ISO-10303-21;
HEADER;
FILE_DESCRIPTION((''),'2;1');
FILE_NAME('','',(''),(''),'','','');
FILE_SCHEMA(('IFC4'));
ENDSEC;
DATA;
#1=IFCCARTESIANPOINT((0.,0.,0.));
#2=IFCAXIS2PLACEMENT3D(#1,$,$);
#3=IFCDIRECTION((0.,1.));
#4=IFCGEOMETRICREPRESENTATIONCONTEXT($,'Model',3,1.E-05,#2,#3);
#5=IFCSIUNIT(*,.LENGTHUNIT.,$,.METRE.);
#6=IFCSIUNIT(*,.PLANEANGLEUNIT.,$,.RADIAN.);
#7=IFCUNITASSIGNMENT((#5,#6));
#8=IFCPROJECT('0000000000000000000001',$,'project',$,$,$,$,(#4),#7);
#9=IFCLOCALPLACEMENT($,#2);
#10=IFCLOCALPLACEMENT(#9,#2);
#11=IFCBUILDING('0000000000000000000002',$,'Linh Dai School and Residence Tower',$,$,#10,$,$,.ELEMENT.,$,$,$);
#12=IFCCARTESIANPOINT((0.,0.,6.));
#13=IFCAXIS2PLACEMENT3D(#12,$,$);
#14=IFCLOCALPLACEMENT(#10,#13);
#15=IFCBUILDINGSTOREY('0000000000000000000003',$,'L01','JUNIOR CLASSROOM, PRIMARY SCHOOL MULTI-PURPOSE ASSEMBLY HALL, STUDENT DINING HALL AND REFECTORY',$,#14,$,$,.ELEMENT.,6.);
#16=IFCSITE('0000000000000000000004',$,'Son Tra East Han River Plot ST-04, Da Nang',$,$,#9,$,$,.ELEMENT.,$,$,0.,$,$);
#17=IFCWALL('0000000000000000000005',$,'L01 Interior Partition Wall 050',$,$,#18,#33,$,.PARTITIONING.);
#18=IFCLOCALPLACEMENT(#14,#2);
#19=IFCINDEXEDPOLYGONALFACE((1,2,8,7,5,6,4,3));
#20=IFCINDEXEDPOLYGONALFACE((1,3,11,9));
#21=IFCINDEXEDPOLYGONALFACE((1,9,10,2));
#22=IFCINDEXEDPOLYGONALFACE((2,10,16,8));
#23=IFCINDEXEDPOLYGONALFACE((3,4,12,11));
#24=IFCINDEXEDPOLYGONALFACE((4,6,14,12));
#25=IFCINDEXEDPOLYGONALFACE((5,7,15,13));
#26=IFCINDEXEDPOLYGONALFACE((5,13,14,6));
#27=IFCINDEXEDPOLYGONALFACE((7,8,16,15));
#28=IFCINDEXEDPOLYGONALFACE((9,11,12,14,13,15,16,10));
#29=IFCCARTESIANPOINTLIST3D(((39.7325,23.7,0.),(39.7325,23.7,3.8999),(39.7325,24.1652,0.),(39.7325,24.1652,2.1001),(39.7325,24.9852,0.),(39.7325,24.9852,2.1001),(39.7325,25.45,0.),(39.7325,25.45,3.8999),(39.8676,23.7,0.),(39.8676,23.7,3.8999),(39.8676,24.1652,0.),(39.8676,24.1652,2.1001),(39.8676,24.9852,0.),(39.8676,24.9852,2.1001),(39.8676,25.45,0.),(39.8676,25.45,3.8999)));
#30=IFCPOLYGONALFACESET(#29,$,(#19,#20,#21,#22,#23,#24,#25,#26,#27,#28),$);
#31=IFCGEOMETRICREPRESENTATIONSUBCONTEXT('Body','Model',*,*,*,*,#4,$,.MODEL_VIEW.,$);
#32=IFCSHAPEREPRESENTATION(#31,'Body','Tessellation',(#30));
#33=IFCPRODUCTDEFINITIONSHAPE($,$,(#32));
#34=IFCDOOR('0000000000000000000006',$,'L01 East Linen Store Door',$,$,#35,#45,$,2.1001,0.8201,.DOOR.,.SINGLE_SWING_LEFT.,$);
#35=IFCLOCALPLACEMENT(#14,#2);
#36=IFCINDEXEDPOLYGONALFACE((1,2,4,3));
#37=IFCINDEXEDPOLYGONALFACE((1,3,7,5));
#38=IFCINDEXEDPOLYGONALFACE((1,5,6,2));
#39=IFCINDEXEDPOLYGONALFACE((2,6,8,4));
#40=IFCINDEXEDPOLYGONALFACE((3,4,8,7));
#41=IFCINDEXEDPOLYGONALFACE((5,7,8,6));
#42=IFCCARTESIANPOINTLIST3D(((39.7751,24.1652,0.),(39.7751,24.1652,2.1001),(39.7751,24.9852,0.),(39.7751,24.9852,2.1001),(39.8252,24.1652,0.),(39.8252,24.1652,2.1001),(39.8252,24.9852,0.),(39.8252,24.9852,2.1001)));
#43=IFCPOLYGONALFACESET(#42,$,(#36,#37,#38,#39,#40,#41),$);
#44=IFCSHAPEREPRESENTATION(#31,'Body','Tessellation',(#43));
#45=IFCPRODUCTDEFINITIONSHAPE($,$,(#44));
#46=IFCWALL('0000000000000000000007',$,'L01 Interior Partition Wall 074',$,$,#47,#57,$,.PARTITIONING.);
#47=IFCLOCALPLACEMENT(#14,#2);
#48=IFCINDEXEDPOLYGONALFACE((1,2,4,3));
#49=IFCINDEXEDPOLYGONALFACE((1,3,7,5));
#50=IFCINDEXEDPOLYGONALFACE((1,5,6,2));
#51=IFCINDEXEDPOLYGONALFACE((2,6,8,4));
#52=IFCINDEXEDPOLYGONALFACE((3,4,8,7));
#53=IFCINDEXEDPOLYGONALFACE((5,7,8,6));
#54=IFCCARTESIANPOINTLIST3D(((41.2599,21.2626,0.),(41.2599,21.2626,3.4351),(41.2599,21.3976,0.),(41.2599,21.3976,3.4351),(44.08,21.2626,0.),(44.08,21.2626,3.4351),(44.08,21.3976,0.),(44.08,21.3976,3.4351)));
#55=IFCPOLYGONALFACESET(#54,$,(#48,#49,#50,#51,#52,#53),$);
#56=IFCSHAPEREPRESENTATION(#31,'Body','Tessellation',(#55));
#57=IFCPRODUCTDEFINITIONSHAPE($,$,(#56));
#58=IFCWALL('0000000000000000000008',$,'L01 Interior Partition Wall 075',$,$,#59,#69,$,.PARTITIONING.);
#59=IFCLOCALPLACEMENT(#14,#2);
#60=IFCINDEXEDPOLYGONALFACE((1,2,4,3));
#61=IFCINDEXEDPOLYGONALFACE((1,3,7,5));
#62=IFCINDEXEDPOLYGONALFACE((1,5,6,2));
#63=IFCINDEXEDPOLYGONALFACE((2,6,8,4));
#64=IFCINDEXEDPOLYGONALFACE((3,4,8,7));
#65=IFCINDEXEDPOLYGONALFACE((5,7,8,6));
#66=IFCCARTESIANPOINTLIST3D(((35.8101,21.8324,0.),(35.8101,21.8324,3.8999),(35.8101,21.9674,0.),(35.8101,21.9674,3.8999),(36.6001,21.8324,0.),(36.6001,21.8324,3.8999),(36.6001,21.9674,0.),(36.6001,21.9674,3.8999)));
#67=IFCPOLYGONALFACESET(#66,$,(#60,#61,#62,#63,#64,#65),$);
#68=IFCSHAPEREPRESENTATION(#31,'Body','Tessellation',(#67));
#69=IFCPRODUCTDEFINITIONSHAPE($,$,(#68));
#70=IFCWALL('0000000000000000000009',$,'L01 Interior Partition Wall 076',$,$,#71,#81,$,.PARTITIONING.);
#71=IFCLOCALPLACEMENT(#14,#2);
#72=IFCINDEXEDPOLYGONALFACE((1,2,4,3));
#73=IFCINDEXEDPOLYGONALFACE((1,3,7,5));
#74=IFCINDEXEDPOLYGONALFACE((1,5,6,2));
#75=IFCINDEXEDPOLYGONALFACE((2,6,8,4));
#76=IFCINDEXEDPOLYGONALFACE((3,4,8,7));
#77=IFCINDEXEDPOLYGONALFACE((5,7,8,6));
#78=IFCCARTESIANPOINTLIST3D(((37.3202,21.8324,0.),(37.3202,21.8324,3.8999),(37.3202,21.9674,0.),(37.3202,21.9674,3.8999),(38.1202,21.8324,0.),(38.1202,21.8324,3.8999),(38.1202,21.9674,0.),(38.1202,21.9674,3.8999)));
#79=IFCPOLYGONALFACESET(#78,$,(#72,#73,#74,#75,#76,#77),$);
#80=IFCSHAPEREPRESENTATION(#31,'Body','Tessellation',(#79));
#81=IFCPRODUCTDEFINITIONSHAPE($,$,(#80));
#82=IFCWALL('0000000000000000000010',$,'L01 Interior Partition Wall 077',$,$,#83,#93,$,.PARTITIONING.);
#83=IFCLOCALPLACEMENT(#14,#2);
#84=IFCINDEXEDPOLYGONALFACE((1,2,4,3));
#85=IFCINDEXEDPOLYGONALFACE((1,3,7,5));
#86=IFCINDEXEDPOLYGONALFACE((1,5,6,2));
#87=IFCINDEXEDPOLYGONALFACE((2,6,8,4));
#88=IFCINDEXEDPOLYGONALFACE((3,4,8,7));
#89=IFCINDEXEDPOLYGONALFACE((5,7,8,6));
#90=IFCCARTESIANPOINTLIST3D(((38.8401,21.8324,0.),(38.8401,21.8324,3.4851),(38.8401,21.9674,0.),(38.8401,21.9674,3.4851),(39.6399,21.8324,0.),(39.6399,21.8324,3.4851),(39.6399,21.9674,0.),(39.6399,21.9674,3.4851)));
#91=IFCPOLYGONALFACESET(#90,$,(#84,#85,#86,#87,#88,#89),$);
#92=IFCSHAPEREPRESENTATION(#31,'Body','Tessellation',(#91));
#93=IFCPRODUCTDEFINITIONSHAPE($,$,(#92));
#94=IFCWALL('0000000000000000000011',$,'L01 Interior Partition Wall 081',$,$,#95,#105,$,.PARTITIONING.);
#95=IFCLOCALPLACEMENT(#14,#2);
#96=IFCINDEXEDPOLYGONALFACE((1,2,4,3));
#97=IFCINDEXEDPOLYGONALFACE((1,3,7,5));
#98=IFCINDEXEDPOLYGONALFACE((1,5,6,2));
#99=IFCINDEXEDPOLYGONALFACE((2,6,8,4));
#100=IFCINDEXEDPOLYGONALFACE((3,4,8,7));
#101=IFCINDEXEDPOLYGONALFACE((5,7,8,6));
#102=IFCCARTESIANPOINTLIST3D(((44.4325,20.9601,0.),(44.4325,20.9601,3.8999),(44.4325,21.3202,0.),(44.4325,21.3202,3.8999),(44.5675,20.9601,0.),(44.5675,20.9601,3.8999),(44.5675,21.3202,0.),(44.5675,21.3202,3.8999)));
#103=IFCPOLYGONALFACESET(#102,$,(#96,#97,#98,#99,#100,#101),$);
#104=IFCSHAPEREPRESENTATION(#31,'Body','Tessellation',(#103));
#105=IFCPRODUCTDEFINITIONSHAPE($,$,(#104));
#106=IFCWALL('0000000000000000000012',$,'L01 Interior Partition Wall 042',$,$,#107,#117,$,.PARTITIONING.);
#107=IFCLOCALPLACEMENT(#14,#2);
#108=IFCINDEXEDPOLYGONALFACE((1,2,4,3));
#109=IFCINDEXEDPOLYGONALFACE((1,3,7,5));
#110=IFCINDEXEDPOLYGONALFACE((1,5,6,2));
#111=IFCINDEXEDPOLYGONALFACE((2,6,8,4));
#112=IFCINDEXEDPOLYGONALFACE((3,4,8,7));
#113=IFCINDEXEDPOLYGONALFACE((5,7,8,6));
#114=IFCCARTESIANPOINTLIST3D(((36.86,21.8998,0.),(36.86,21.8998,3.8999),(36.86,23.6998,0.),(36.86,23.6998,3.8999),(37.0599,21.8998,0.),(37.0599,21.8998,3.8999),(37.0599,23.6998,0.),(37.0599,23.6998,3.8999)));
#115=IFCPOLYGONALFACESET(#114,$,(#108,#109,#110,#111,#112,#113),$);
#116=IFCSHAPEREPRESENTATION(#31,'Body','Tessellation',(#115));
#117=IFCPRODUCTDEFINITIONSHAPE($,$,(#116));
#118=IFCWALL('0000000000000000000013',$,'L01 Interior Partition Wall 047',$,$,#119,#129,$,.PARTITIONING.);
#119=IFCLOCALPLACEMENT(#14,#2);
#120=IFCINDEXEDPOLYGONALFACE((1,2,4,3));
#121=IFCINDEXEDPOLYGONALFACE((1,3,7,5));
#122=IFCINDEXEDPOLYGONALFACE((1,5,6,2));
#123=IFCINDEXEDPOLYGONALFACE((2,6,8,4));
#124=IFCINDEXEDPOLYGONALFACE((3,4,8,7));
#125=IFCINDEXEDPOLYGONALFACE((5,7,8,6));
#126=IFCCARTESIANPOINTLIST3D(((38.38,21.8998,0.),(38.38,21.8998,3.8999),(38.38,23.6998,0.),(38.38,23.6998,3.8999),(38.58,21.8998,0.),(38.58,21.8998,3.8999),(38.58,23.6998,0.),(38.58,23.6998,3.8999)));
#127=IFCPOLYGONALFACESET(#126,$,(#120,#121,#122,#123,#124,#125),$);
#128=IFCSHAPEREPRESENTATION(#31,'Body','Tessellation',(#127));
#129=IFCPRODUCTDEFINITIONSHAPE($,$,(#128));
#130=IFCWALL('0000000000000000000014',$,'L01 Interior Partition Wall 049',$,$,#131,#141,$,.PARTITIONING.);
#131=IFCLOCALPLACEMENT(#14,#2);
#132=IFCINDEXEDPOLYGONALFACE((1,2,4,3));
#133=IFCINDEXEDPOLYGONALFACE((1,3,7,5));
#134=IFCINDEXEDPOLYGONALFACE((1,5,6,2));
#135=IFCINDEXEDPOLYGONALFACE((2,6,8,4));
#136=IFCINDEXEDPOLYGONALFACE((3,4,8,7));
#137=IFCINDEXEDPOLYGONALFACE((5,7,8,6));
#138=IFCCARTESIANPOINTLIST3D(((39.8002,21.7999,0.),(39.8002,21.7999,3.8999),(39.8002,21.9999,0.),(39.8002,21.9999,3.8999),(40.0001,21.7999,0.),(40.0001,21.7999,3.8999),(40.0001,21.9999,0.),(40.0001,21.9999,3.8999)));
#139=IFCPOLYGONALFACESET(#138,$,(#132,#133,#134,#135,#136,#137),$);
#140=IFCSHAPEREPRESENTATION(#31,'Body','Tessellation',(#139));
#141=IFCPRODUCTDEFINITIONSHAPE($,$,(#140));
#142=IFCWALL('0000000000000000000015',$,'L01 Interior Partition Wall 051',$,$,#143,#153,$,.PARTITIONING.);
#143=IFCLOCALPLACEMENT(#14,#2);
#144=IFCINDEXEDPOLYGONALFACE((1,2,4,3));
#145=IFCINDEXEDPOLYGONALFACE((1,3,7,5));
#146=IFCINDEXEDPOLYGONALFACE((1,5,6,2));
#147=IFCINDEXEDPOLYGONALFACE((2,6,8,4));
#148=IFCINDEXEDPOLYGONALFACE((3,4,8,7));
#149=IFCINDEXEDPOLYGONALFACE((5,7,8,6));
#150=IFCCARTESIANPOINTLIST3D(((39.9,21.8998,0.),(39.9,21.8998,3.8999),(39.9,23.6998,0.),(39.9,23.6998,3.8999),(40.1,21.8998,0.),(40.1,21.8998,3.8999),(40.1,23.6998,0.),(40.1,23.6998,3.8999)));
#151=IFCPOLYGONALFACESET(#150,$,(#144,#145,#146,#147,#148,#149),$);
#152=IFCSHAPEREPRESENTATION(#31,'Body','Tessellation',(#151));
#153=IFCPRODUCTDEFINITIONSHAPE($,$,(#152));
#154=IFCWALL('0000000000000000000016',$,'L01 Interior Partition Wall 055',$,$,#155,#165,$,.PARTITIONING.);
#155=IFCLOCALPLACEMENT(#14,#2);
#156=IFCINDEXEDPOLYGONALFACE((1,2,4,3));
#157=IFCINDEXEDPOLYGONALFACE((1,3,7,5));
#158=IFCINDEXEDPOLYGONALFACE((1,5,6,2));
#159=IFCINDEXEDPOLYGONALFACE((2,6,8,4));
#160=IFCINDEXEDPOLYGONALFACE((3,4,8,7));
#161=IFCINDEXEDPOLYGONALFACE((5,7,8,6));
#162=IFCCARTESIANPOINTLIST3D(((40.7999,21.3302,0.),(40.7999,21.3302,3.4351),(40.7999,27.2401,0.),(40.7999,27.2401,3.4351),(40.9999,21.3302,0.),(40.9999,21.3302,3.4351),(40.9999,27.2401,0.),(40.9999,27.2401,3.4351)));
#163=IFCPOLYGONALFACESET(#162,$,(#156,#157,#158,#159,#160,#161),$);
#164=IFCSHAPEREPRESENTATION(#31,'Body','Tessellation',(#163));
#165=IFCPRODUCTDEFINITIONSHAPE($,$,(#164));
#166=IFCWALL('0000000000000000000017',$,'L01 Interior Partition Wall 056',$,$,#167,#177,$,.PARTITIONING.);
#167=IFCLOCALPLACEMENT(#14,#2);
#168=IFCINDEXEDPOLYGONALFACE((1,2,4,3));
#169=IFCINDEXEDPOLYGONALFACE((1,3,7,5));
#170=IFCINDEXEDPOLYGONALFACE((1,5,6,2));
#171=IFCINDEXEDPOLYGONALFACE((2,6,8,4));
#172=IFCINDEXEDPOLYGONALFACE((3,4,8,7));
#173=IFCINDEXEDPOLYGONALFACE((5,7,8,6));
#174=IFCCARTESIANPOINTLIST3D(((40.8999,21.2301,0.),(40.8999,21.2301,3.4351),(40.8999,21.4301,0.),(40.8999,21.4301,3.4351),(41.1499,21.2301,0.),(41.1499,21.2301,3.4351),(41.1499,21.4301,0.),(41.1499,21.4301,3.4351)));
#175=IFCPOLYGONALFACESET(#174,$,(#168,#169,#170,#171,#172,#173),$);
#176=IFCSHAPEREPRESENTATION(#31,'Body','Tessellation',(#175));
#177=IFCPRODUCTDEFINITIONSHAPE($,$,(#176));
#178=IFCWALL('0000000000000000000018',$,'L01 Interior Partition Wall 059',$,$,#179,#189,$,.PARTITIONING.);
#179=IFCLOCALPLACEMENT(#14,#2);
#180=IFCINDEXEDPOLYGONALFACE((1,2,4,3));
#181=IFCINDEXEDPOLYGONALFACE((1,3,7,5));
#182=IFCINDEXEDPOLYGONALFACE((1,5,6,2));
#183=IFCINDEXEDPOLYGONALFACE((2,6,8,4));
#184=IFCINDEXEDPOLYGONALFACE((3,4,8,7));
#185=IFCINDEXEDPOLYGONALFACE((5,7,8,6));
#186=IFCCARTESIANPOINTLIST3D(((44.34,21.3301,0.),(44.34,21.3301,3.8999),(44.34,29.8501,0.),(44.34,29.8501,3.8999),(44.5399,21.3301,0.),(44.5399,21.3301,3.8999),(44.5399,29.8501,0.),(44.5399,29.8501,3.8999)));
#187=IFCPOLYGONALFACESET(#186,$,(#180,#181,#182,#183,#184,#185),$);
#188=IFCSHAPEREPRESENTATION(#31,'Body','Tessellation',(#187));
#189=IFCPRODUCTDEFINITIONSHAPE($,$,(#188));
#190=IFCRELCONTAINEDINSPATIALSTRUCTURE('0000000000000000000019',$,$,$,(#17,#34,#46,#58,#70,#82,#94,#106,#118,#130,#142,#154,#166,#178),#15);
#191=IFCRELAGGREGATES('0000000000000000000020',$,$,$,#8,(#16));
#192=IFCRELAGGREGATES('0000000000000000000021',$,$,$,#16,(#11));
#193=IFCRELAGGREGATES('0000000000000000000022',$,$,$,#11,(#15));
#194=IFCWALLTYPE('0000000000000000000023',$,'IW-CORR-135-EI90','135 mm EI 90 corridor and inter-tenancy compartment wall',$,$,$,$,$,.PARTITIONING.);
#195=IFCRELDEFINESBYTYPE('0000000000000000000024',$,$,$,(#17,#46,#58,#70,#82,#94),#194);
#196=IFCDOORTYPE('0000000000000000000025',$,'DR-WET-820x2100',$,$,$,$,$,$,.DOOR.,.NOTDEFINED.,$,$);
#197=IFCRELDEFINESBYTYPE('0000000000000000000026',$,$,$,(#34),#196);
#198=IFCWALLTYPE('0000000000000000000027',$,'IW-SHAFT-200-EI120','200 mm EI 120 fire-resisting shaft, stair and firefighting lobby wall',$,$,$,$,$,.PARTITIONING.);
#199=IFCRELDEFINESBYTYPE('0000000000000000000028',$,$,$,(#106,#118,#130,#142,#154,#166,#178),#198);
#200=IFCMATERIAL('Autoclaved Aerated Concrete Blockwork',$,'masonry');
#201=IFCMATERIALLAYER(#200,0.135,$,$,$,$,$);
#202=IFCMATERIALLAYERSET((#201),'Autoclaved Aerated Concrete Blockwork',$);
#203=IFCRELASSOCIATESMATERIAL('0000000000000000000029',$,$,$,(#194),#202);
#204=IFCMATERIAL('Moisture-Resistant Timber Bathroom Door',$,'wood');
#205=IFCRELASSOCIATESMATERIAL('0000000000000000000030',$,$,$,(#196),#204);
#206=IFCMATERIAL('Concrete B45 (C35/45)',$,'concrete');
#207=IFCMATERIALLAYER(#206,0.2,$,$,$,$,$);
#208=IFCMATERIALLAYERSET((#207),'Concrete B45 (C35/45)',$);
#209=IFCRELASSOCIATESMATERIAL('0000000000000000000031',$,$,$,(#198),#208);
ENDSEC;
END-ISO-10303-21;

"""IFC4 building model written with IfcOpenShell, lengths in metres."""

from ifc_helpers import new_model, si_unit, direction, frame, frame_2d, origin, origin_2d, place, context, subcontext, project, spatial, rectangle, extrude, source, transform, mapped, material, layer, layer_set, type_object, element, fill, save


model = new_model("IFC4")

# Units and contexts
model_context = context("Model", 3, precision=1e-05, world=origin(), true_north=direction((0.0, 1.0)))
body_context = subcontext(model_context, "Body", "Model", "MODEL_VIEW")
ifc_project = project(units=[si_unit("LENGTHUNIT", "METRE"), si_unit("PLANEANGLEUNIT", "RADIAN")], contexts=[model_context])

# Site, building, storey
site_placement = place(None, origin())
site = spatial("IfcSite", under=ifc_project, at=site_placement, Name="Son Tra East Han River Plot ST-04, Da Nang", CompositionType="ELEMENT", RefElevation=0.0)
building_placement = place(site_placement, origin())
building = spatial("IfcBuilding", under=site, at=building_placement, Name="Linh Dai School and Residence Tower", CompositionType="ELEMENT")
storey_placement = place(building_placement, frame((0.0, 0.0, 6.0)))
storey = spatial("IfcBuildingStorey", under=building, at=storey_placement, Name="L01", Description="JUNIOR CLASSROOM, PRIMARY SCHOOL MULTI-PURPOSE ASSEMBLY HALL, STUDENT DINING HALL AND REFECTORY", CompositionType="ELEMENT", Elevation=6.0)

# Wall, opening, door
ifc_material_1 = material(Name="Autoclaved Aerated Concrete Blockwork", Category="masonry")
ifc_layer_1 = layer(ifc_material_1, 0.135)
ifc_layer_set_1 = layer_set([ifc_layer_1], Name="Autoclaved Aerated Concrete Blockwork")
wall_type_1 = type_object("IfcWallType", Name="IW-CORR-135-EI90", Description="135 mm EI 90 corridor and inter-tenancy compartment wall", PredefinedType="PARTITIONING", material=ifc_layer_set_1)
wall_1_placement = place(storey_placement, frame((39.8, 23.7, 0.0), z_axis=(0.0, 0.0, 1.0), x_axis=(0.0, 1.0, 0.0)))
wall_1 = element("IfcWall", 1, at=wall_1_placement, inside=storey, type_object=wall_type_1, Name="L01 Interior Partition Wall 050", PredefinedType="PARTITIONING", context=body_context, shape_type="SweptSolid", body=[
    extrude(rectangle(XDim=1.75, YDim=0.135, at=frame_2d((0.875, 0.0))), origin(), (0.0, 0.0, 1.0), 3.8999),
])
opening_placement = place(wall_1_placement, frame((0.4651, 0.0, 0.0)))
opening = element("IfcOpeningElement", 2, at=opening_placement, cuts=wall_1, PredefinedType="OPENING", context=body_context, shape_type="SweptSolid", body=[
    extrude(rectangle(XDim=0.8201, YDim=2.1001, at=origin_2d()), frame((0.4102, 0.0776, 1.05), z_axis=(0.0, -1.0, 0.0), x_axis=(1.0, 0.0, 0.0)), (0.0, 0.0, 1.0), 0.155),
])
ifc_material_2 = material(Name="Moisture-Resistant Timber Bathroom Door", Category="wood")
door_type = type_object("IfcDoorType", Name="DR-WET-820x2100", OperationType="NOTDEFINED", PredefinedType="DOOR", material=ifc_material_2)
shared_shape_1 = source(origin(), body_context, "Body", "SweptSolid", [
    extrude(rectangle(XDim=0.8201, YDim=2.1001, at=origin_2d()), frame((0.4102, 0.0249, 1.05), z_axis=(0.0, -1.0, 0.0), x_axis=(1.0, 0.0, 0.0)), (0.0, 0.0, 1.0), 0.05),
])
door_placement = place(opening_placement, origin())
door = element("IfcDoor", 3, at=door_placement, inside=storey, type_object=door_type, Name="L01 East Linen Store Door", OperationType="SINGLE_SWING_LEFT", OverallHeight=2.1001, OverallWidth=0.8201, PredefinedType="DOOR", context=body_context, shape_type="MappedRepresentation", body=[
    mapped(shared_shape_1, transform((0.0, 0.0, 0.0), x_axis=(1.0, 0.0, 0.0), y_axis=(0.0, 1.0, 0.0), z_axis=(0.0, 0.0, 1.0), scale=1.0)),
])
fill(opening, door)

# Walls
wall_2_placement = place(storey_placement, frame((44.0801, 21.3301, 0.0), z_axis=(0.0, 0.0, 1.0), x_axis=(-1.0, 0.0, 0.0)))
element("IfcWall", 4, at=wall_2_placement, inside=storey, type_object=wall_type_1, Name="L01 Interior Partition Wall 074", PredefinedType="PARTITIONING", context=body_context, shape_type="SweptSolid", body=[
    extrude(rectangle(XDim=2.8201, YDim=0.135, at=frame_2d((1.4102, 0.0))), origin(), (0.0, 0.0, 1.0), 3.4351),
])
wall_3_placement = place(storey_placement, frame((36.6001, 21.8999, 0.0), z_axis=(0.0, 0.0, 1.0), x_axis=(-1.0, 0.0, 0.0)))
element("IfcWall", 5, at=wall_3_placement, inside=storey, type_object=wall_type_1, Name="L01 Interior Partition Wall 075", PredefinedType="PARTITIONING", context=body_context, shape_type="SweptSolid", body=[
    extrude(rectangle(XDim=0.79, YDim=0.135, at=frame_2d((0.395, 0.0))), origin(), (0.0, 0.0, 1.0), 3.8999),
])
wall_4_placement = place(storey_placement, frame((38.1201, 21.8999, 0.0), z_axis=(0.0, 0.0, 1.0), x_axis=(-1.0, 0.0, 0.0)))
element("IfcWall", 6, at=wall_4_placement, inside=storey, type_object=wall_type_1, Name="L01 Interior Partition Wall 076", PredefinedType="PARTITIONING", context=body_context, shape_type="SweptSolid", body=[
    extrude(rectangle(XDim=0.8, YDim=0.135, at=frame_2d((0.3999, 0.0))), origin(), (0.0, 0.0, 1.0), 3.8999),
])
wall_5_placement = place(storey_placement, frame((39.6399, 21.8999, 0.0), z_axis=(0.0, 0.0, 1.0), x_axis=(-1.0, 0.0, 0.0)))
element("IfcWall", 7, at=wall_5_placement, inside=storey, type_object=wall_type_1, Name="L01 Interior Partition Wall 077", PredefinedType="PARTITIONING", context=body_context, shape_type="SweptSolid", body=[
    extrude(rectangle(XDim=0.7998, YDim=0.135, at=frame_2d((0.3999, 0.0))), origin(), (0.0, 0.0, 1.0), 3.4851),
])
wall_6_placement = place(storey_placement, frame((44.5, 20.96, 0.0), z_axis=(0.0, 0.0, 1.0), x_axis=(0.0, 1.0, 0.0)))
element("IfcWall", 8, at=wall_6_placement, inside=storey, type_object=wall_type_1, Name="L01 Interior Partition Wall 081", PredefinedType="PARTITIONING", context=body_context, shape_type="SweptSolid", body=[
    extrude(rectangle(XDim=0.3601, YDim=0.135, at=frame_2d((0.1802, 0.0))), origin(), (0.0, 0.0, 1.0), 3.8999),
])
ifc_material_3 = material(Name="Concrete B45 (C35/45)", Category="concrete")
ifc_layer_2 = layer(ifc_material_3, 0.2)
ifc_layer_set_2 = layer_set([ifc_layer_2], Name="Concrete B45 (C35/45)")
wall_type_2 = type_object("IfcWallType", Name="IW-SHAFT-200-EI120", Description="200 mm EI 120 fire-resisting shaft, stair and firefighting lobby wall", PredefinedType="PARTITIONING", material=ifc_layer_set_2)
for number, where, z_axis, x_axis, name in (
    (9, (36.96, 21.8999, 0.0), (0.0, 0.0, 1.0), (0.0, 1.0, 0.0), "L01 Interior Partition Wall 042"),
    (10, (38.48, 21.8999, 0.0), (0.0, 0.0, 1.0), (0.0, 1.0, 0.0), "L01 Interior Partition Wall 047"),
):
    element("IfcWall", number, at=place(storey_placement, frame(where, z_axis=z_axis, x_axis=x_axis)), inside=storey, type_object=wall_type_2, Name=name, PredefinedType="PARTITIONING", context=body_context, shape_type="SweptSolid", body=[
        extrude(rectangle(XDim=1.8, YDim=0.2, at=frame_2d((0.8999, 0.0))), origin(), (0.0, 0.0, 1.0), 3.8999),
    ])
wall_7_placement = place(storey_placement, frame((39.8, 21.8999, 0.0), z_axis=(0.0, 0.0, 1.0), x_axis=(1.0, 0.0, 0.0)))
element("IfcWall", 11, at=wall_7_placement, inside=storey, type_object=wall_type_2, Name="L01 Interior Partition Wall 049", PredefinedType="PARTITIONING", context=body_context, shape_type="SweptSolid", body=[
    extrude(rectangle(XDim=0.2, YDim=0.2, at=frame_2d((0.1001, 0.0))), origin(), (0.0, 0.0, 1.0), 3.8999),
])
wall_8_placement = place(storey_placement, frame((40.0, 21.8999, 0.0), z_axis=(0.0, 0.0, 1.0), x_axis=(0.0, 1.0, 0.0)))
element("IfcWall", 12, at=wall_8_placement, inside=storey, type_object=wall_type_2, Name="L01 Interior Partition Wall 051", PredefinedType="PARTITIONING", context=body_context, shape_type="SweptSolid", body=[
    extrude(rectangle(XDim=1.8, YDim=0.2, at=frame_2d((0.8999, 0.0))), origin(), (0.0, 0.0, 1.0), 3.8999),
])
wall_9_placement = place(storey_placement, frame((40.8999, 21.3301, 0.0), z_axis=(0.0, 0.0, 1.0), x_axis=(0.0, 1.0, 0.0)))
element("IfcWall", 13, at=wall_9_placement, inside=storey, type_object=wall_type_2, Name="L01 Interior Partition Wall 055", PredefinedType="PARTITIONING", context=body_context, shape_type="SweptSolid", body=[
    extrude(rectangle(XDim=5.9099, YDim=0.2, at=frame_2d((2.9551, 0.0))), origin(), (0.0, 0.0, 1.0), 3.4351),
])
wall_10_placement = place(storey_placement, frame((40.8999, 21.3301, 0.0), z_axis=(0.0, 0.0, 1.0), x_axis=(1.0, 0.0, 0.0)))
element("IfcWall", 14, at=wall_10_placement, inside=storey, type_object=wall_type_2, Name="L01 Interior Partition Wall 056", PredefinedType="PARTITIONING", context=body_context, shape_type="SweptSolid", body=[
    extrude(rectangle(XDim=0.25, YDim=0.2, at=frame_2d((0.125, 0.0))), origin(), (0.0, 0.0, 1.0), 3.4351),
])
wall_11_placement = place(storey_placement, frame((44.4399, 21.3301, 0.0), z_axis=(0.0, 0.0, 1.0), x_axis=(0.0, 1.0, 0.0)))
element("IfcWall", 15, at=wall_11_placement, inside=storey, type_object=wall_type_2, Name="L01 Interior Partition Wall 059", PredefinedType="PARTITIONING", context=body_context, shape_type="SweptSolid", body=[
    extrude(rectangle(XDim=8.52, YDim=0.2, at=frame_2d((4.26, 0.0))), origin(), (0.0, 0.0, 1.0), 3.8999),
])

save(model, "model.ifc")
